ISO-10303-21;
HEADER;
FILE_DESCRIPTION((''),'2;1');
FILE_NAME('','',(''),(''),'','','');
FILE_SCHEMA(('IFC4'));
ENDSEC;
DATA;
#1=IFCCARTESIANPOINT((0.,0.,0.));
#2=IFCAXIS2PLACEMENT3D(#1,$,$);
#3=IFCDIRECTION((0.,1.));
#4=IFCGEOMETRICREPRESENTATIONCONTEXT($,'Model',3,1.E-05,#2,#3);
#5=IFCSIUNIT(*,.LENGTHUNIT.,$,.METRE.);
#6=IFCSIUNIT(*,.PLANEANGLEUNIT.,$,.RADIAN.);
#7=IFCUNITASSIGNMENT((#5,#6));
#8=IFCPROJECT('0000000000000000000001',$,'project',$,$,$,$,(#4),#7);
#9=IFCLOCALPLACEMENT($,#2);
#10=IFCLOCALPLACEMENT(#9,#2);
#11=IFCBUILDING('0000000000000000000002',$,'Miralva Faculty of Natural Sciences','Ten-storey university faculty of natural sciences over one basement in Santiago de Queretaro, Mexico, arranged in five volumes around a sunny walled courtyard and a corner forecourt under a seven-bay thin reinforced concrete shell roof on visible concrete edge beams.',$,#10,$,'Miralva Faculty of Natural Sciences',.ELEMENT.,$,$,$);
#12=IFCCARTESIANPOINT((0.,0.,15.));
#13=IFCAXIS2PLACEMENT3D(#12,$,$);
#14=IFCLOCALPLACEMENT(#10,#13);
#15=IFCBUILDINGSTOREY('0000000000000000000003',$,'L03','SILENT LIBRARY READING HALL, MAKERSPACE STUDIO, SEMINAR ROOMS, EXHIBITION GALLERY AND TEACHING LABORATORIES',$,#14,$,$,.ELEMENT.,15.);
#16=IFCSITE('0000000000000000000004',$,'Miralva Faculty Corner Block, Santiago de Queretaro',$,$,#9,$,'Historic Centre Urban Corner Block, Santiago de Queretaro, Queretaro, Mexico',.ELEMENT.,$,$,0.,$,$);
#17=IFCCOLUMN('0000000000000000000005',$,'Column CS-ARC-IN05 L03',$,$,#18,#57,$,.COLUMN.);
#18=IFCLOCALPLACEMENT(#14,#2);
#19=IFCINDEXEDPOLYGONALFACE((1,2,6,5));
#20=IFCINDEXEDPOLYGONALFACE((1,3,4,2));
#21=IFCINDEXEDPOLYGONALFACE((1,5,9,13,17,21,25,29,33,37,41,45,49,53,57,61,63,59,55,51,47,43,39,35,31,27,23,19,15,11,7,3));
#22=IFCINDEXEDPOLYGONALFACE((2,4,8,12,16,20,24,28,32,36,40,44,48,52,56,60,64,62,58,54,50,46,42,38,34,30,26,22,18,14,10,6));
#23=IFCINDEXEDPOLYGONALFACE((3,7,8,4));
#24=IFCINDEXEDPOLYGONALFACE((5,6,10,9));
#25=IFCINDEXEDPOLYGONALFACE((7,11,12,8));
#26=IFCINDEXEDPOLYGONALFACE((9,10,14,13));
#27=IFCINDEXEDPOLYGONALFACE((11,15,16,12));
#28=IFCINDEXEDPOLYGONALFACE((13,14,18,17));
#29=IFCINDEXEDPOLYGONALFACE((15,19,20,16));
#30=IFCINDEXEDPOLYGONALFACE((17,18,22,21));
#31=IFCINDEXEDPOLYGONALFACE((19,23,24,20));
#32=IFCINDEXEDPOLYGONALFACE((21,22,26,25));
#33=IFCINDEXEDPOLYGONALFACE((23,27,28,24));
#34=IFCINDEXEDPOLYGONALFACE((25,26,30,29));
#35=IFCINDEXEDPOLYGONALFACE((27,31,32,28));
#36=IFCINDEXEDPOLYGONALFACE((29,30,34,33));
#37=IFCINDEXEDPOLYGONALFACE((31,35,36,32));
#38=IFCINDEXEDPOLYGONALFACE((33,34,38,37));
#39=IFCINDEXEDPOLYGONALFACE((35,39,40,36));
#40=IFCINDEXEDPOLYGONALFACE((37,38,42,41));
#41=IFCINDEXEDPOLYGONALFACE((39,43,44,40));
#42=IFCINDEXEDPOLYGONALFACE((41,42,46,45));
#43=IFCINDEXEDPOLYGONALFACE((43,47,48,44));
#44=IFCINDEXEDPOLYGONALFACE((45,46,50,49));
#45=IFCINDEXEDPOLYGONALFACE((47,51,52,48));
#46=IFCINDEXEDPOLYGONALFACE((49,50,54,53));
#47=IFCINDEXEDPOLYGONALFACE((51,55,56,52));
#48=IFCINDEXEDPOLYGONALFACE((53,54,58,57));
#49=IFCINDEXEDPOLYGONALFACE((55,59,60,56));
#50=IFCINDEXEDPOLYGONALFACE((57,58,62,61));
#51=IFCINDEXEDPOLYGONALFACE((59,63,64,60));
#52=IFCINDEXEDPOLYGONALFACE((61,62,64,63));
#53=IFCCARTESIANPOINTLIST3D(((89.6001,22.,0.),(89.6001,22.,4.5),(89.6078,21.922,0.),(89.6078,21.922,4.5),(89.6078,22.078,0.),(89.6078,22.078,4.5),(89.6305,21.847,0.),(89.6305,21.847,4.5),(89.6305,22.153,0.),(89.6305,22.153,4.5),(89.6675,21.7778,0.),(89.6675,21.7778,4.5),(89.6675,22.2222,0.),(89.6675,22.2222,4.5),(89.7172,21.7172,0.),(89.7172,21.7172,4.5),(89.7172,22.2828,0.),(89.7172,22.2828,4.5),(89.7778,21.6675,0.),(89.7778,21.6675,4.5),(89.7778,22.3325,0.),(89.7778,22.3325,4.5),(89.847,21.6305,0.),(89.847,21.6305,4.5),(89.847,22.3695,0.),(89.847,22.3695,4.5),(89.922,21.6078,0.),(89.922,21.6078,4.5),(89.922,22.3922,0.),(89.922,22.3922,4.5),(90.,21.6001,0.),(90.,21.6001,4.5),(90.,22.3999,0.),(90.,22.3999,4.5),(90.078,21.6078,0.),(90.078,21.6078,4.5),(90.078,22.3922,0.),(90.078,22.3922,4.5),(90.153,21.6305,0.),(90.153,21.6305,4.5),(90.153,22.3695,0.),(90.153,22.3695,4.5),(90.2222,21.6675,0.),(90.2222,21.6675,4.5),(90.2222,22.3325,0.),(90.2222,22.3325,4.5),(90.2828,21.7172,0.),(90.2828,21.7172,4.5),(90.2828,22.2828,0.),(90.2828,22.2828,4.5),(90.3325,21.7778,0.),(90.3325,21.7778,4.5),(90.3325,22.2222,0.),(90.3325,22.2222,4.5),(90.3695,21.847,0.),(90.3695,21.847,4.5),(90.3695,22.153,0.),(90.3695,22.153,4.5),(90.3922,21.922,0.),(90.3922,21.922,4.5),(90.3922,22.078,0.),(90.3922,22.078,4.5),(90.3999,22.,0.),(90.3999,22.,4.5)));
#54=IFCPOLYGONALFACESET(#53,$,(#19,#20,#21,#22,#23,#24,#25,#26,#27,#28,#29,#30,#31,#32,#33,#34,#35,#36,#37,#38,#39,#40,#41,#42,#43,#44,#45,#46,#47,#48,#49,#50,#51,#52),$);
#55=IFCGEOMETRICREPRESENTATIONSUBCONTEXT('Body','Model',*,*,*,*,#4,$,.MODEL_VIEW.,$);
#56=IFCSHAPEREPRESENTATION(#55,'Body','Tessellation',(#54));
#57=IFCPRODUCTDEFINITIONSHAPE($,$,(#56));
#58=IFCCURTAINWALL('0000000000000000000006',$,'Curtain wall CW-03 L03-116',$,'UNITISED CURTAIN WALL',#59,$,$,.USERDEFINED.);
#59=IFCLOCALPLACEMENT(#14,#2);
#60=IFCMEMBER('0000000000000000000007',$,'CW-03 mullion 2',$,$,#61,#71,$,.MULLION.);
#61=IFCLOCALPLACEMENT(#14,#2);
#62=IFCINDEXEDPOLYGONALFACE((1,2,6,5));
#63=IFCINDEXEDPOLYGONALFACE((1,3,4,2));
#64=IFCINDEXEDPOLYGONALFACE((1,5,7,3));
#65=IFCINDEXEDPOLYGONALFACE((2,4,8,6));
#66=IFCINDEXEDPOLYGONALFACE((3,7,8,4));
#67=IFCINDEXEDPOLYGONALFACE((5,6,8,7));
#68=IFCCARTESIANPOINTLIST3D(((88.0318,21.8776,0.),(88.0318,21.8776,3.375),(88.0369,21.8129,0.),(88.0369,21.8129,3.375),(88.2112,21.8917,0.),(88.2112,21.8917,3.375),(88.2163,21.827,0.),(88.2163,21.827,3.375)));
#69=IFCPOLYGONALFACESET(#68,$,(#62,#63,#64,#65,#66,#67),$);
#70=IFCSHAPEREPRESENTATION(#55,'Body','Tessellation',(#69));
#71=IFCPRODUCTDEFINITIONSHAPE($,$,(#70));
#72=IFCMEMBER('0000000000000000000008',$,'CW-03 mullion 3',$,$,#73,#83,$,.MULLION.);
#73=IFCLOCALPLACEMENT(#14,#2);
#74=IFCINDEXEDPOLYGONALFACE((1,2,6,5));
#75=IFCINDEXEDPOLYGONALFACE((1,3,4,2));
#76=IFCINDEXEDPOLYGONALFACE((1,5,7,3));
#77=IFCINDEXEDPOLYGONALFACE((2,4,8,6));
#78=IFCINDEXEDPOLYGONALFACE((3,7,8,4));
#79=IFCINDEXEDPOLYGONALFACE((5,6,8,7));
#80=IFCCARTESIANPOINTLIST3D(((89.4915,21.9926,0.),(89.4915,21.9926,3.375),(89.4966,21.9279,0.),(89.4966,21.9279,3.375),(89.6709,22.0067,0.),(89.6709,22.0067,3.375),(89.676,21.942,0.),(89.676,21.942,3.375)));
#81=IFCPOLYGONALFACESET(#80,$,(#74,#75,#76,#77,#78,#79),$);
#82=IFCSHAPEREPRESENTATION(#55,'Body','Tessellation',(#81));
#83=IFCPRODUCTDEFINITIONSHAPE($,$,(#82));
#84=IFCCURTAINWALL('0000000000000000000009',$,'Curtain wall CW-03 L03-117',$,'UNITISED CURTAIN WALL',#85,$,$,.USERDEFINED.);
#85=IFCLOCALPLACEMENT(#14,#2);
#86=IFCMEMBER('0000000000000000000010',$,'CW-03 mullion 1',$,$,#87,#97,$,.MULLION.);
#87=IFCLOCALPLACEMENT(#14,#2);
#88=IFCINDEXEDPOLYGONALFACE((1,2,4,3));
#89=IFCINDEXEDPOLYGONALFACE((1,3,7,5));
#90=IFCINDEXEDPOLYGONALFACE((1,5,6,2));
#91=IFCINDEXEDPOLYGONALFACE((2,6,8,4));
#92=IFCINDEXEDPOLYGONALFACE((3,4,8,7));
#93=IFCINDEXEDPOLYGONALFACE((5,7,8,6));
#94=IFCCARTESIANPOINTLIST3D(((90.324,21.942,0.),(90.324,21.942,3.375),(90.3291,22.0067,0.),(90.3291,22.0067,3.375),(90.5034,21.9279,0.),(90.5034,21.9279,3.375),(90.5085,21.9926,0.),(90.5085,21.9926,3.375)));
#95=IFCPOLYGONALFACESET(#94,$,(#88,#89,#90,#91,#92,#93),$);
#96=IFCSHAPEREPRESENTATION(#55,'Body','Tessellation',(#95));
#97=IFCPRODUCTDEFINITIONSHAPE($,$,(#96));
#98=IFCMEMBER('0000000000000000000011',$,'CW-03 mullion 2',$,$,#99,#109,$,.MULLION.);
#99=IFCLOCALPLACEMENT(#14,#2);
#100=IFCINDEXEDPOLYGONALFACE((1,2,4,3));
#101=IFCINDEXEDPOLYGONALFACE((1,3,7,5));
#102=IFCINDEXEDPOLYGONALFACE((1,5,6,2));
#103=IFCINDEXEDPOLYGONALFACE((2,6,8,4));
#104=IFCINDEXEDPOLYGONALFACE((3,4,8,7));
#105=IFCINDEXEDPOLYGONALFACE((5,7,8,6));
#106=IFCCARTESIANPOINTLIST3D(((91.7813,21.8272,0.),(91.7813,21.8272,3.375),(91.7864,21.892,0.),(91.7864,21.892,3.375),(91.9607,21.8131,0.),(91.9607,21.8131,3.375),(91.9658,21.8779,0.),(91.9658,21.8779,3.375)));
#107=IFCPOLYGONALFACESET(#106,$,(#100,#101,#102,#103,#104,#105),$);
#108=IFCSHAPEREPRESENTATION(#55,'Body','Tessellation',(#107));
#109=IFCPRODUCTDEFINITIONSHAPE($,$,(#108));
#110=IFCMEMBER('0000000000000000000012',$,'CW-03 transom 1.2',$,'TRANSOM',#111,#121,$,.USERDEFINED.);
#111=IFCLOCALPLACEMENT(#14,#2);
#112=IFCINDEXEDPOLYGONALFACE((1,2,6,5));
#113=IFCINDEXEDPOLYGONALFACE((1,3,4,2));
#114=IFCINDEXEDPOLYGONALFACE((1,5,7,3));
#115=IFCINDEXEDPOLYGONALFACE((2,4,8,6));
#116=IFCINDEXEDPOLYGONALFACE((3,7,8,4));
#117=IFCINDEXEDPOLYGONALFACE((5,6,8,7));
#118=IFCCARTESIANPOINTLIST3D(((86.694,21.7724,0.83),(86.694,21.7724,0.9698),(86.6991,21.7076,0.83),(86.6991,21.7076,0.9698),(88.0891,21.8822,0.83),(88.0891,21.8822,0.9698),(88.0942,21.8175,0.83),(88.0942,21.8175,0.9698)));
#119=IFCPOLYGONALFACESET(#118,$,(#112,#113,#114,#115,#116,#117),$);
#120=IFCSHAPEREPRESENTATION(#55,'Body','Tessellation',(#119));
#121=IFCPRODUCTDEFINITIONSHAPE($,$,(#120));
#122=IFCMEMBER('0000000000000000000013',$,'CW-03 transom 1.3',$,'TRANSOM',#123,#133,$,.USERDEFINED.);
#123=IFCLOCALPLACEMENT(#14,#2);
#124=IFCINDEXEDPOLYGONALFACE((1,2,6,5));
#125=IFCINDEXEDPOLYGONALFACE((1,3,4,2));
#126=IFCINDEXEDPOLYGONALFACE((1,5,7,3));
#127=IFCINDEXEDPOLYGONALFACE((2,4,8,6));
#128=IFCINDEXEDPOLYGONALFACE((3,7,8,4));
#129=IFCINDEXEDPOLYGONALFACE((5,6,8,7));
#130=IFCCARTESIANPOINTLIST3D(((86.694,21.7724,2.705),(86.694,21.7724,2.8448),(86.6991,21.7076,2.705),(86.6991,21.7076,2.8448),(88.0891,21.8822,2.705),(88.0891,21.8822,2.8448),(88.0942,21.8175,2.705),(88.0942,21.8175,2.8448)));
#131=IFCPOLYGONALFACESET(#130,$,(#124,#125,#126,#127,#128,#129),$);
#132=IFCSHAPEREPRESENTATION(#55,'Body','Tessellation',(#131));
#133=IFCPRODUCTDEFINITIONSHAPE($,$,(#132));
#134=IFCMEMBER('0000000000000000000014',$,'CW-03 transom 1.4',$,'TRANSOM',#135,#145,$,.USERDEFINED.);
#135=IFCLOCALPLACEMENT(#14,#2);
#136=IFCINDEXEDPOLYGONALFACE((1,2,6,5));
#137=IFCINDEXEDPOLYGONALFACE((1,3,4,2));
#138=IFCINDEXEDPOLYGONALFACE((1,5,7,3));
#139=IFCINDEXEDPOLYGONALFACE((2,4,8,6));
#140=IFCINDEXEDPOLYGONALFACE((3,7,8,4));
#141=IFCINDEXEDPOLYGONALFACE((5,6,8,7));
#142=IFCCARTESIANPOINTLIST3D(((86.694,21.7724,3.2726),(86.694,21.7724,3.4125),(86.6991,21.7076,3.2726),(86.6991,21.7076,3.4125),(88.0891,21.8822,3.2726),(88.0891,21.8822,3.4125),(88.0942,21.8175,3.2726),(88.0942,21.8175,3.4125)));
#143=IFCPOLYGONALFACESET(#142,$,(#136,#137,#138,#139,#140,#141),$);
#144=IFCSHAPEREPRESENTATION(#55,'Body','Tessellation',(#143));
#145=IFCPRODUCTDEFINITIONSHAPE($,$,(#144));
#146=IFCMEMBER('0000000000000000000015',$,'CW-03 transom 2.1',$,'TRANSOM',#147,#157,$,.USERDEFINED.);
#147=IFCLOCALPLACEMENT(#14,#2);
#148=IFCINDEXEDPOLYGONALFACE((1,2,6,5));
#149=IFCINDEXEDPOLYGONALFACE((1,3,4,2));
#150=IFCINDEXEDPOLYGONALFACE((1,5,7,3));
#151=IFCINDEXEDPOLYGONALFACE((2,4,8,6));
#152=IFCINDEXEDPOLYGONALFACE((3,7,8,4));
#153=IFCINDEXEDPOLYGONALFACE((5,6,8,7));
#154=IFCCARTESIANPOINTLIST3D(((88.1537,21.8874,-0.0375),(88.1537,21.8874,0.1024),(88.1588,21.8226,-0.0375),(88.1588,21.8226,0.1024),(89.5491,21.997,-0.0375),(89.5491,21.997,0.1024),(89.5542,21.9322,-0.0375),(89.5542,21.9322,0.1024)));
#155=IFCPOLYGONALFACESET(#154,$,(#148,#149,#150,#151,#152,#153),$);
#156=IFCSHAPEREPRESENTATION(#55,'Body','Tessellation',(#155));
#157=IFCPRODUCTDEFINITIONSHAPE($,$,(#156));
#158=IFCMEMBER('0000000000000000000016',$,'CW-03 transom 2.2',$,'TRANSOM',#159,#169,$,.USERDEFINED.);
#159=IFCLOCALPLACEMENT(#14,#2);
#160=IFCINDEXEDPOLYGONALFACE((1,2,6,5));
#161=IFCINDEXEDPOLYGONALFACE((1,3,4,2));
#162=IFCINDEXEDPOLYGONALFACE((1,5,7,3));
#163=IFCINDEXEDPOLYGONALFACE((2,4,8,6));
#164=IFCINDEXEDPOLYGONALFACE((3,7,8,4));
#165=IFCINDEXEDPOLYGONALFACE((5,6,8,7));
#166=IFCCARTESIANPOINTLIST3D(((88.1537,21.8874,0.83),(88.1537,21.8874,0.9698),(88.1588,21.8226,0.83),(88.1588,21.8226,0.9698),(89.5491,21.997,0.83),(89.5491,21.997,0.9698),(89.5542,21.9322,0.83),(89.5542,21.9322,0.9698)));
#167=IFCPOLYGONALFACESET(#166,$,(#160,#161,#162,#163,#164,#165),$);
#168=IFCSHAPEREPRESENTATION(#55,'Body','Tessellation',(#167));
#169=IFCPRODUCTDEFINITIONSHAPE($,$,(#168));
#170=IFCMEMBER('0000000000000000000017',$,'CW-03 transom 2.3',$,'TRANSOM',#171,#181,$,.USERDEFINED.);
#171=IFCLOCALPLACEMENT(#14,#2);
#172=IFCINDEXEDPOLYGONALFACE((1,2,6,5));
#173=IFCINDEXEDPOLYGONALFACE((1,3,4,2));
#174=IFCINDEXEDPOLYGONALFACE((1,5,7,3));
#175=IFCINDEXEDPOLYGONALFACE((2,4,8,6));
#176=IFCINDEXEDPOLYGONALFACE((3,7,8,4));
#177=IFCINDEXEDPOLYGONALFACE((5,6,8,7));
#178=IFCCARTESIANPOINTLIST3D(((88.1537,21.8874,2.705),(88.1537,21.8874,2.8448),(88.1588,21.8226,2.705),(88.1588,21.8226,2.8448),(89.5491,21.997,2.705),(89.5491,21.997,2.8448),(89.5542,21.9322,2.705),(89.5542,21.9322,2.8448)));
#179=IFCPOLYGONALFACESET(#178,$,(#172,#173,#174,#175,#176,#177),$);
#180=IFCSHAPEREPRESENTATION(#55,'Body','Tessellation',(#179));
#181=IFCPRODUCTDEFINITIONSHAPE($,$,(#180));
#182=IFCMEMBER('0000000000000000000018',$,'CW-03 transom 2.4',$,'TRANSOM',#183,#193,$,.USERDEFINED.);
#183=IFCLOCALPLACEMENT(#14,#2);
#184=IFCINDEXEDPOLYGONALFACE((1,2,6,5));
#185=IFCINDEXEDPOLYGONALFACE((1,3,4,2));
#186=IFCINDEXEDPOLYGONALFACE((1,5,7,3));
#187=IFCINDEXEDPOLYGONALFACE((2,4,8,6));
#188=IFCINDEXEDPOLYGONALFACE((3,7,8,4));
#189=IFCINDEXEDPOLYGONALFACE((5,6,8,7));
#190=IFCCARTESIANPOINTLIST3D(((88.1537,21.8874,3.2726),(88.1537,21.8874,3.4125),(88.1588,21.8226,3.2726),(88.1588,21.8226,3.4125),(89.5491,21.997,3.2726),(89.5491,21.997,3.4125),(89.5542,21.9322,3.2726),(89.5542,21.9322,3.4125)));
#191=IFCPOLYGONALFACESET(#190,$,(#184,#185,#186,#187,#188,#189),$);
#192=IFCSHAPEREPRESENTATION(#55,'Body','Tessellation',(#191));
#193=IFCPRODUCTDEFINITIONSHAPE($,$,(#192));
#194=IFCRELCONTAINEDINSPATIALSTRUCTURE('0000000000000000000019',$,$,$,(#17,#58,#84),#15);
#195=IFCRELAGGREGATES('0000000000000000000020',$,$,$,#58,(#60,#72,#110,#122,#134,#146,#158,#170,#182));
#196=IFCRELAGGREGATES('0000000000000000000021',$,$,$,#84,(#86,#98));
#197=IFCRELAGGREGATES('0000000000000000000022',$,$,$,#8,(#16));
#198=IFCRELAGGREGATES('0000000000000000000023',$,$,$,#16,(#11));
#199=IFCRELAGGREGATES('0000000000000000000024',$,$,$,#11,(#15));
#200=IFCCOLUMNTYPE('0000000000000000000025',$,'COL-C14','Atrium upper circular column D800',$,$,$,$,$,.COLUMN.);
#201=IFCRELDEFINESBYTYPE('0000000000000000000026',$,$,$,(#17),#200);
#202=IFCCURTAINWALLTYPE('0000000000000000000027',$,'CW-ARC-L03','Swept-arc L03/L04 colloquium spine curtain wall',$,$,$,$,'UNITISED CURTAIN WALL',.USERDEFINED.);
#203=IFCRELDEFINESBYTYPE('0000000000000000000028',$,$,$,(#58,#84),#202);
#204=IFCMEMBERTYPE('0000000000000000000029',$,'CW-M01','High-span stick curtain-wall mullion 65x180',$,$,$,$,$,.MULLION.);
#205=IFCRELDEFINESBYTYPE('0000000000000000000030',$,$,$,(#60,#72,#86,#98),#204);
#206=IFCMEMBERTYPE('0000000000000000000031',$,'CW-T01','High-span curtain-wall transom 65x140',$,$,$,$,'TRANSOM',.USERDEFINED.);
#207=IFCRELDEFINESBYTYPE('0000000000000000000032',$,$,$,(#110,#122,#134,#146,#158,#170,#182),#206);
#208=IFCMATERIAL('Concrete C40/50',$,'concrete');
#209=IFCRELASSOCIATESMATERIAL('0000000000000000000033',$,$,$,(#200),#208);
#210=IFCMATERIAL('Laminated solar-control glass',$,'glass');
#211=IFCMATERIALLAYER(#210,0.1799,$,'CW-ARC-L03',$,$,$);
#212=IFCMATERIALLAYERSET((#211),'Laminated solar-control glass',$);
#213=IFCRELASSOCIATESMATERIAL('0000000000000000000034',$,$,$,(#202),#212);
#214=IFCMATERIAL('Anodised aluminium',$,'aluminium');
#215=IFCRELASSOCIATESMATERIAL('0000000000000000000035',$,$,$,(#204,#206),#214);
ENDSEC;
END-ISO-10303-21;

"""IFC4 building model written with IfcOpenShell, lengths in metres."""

from ifc_helpers import new_model, si_unit, direction, frame, origin, origin_2d, place, context, subcontext, project, spatial, rectangle, circle, extrude, material, layer, layer_set, material_profile, profile_set, type_object, element, aggregate, save


model = new_model("IFC4")

# Units and contexts
model_context = context("Model", 3, precision=1e-05, world=origin(), true_north=direction((0.0, 1.0)))
body_context = subcontext(model_context, "Body", "Model", "MODEL_VIEW")
ifc_project = project(units=[si_unit("LENGTHUNIT", "METRE"), si_unit("PLANEANGLEUNIT", "RADIAN")], contexts=[model_context])

# Site, building, storey
site_placement = place(None, origin())
site = spatial("IfcSite", under=ifc_project, at=site_placement, Name="Miralva Faculty Corner Block, Santiago de Queretaro", LongName="Historic Centre Urban Corner Block, Santiago de Queretaro, Queretaro, Mexico", CompositionType="ELEMENT", RefElevation=0.0)
building_placement = place(site_placement, origin())
building = spatial("IfcBuilding", under=site, at=building_placement, Name="Miralva Faculty of Natural Sciences", Description="Ten-storey university faculty of natural sciences over one basement in Santiago de Queretaro, Mexico, arranged in five volumes around a sunny walled courtyard and a corner forecourt under a seven-bay thin reinforced concrete shell roof on visible concrete edge beams.", LongName="Miralva Faculty of Natural Sciences", CompositionType="ELEMENT")
storey_placement = place(building_placement, frame((0.0, 0.0, 15.0)))
storey = spatial("IfcBuildingStorey", under=building, at=storey_placement, Name="L03", Description="SILENT LIBRARY READING HALL, MAKERSPACE STUDIO, SEMINAR ROOMS, EXHIBITION GALLERY AND TEACHING LABORATORIES", CompositionType="ELEMENT", Elevation=15.0)

# Column
ifc_material_1 = material(Name="Concrete C40/50", Category="concrete")
ifc_material_profile_1 = material_profile(ifc_material_1, circle(Radius=0.3999, at=origin_2d()), Name="RC DIA 800")
ifc_profile_set_1 = profile_set([ifc_material_profile_1], Name="Concrete C40/50")
column_type = type_object("IfcColumnType", Name="COL-C14", Description="Atrium upper circular column D800", PredefinedType="COLUMN", material=ifc_profile_set_1)
column_placement = place(storey_placement, frame((90.0, 22.0, 0.0), z_axis=(0.0, 0.0, 1.0), x_axis=(1.0, 0.0, 0.0)))
element("IfcColumn", 1, at=column_placement, inside=storey, type_object=column_type, Name="Column CS-ARC-IN05 L03", PredefinedType="COLUMN", context=body_context, shape_type="SweptSolid", body=[
    extrude(circle(Radius=0.3999, at=origin_2d()), origin(), (0.0, 0.0, 1.0), 4.5),
])

# Curtain walls, members
ifc_material_2 = material(Name="Laminated solar-control glass", Category="glass")
ifc_layer_1 = layer(ifc_material_2, 0.1799, Name="CW-ARC-L03")
ifc_layer_set_1 = layer_set([ifc_layer_1], Name="Laminated solar-control glass")
curtain_wall_type = type_object("IfcCurtainWallType", Name="CW-ARC-L03", Description="Swept-arc L03/L04 colloquium spine curtain wall", ElementType="UNITISED CURTAIN WALL", PredefinedType="USERDEFINED", material=ifc_layer_set_1)
curtain_wall_1_placement = place(storey_placement, origin())
curtain_wall_1 = element("IfcCurtainWall", 2, at=curtain_wall_1_placement, inside=storey, type_object=curtain_wall_type, Name="Curtain wall CW-03 L03-116", ObjectType="UNITISED CURTAIN WALL", PredefinedType="USERDEFINED")
ifc_material_3 = material(Name="Anodised aluminium", Category="aluminium")
ifc_material_profile_2 = material_profile(ifc_material_3, rectangle(XDim=0.0649, YDim=0.1799, at=origin_2d()), Name="MULLION 65x180")
ifc_profile_set_2 = profile_set([ifc_material_profile_2], Name="Anodised aluminium")
member_type_1 = type_object("IfcMemberType", Name="CW-M01", Description="High-span stick curtain-wall mullion 65x180", PredefinedType="MULLION", material=ifc_profile_set_2)
member_1_placement = place(storey_placement, frame((88.124, 21.8523, 0.0), z_axis=(0.0, 0.0, 1.0), x_axis=(-0.078464, 0.996917, 0.0)))
member_1 = element("IfcMember", 3, at=member_1_placement, type_object=member_type_1, Name="CW-03 mullion 2", PredefinedType="MULLION", context=body_context, shape_type="SweptSolid", body=[
    extrude(rectangle(XDim=0.0649, YDim=0.1799, at=origin_2d()), origin(), (0.0, 0.0, 1.0), 3.375),
])
member_2_placement = place(storey_placement, frame((89.5837, 21.9673, 0.0), z_axis=(0.0, 0.0, 1.0), x_axis=(-0.078464, 0.996917, 0.0)))
member_2 = element("IfcMember", 4, at=member_2_placement, type_object=member_type_1, Name="CW-03 mullion 3", PredefinedType="MULLION", context=body_context, shape_type="SweptSolid", body=[
    extrude(rectangle(XDim=0.0649, YDim=0.1799, at=origin_2d()), origin(), (0.0, 0.0, 1.0), 3.375),
])
curtain_wall_2_placement = place(storey_placement, origin())
curtain_wall_2 = element("IfcCurtainWall", 5, at=curtain_wall_2_placement, inside=storey, type_object=curtain_wall_type, Name="Curtain wall CW-03 L03-117", ObjectType="UNITISED CURTAIN WALL", PredefinedType="USERDEFINED")
member_3_placement = place(storey_placement, frame((90.4163, 21.9673, 0.0), z_axis=(0.0, 0.0, 1.0), x_axis=(0.078462, 0.996917, 0.0)))
member_3 = element("IfcMember", 6, at=member_3_placement, type_object=member_type_1, Name="CW-03 mullion 1", PredefinedType="MULLION", context=body_context, shape_type="SweptSolid", body=[
    extrude(rectangle(XDim=0.0649, YDim=0.1799, at=origin_2d()), origin(), (0.0, 0.0, 1.0), 3.375),
])
member_4_placement = place(storey_placement, frame((91.8735, 21.8525, 0.0), z_axis=(0.0, 0.0, 1.0), x_axis=(0.078462, 0.996917, 0.0)))
member_4 = element("IfcMember", 7, at=member_4_placement, type_object=member_type_1, Name="CW-03 mullion 2", PredefinedType="MULLION", context=body_context, shape_type="SweptSolid", body=[
    extrude(rectangle(XDim=0.0649, YDim=0.1799, at=origin_2d()), origin(), (0.0, 0.0, 1.0), 3.375),
])

# Members
ifc_material_profile_3 = material_profile(ifc_material_3, rectangle(XDim=0.0649, YDim=0.1399, at=origin_2d()), Name="TRANSOM 65x140")
ifc_profile_set_3 = profile_set([ifc_material_profile_3], Name="Anodised aluminium")
member_type_2 = type_object("IfcMemberType", Name="CW-T01", Description="High-span curtain-wall transom 65x140", ElementType="TRANSOM", PredefinedType="USERDEFINED", material=ifc_profile_set_3)
member_5_placement = place(storey_placement, frame((86.6965, 21.74, 0.8999), z_axis=(0.996913, 0.078511, 0.0), x_axis=(-0.078511, 0.996913, 0.0)))
member_5 = element("IfcMember", 8, at=member_5_placement, type_object=member_type_2, Name="CW-03 transom 1.2", ObjectType="TRANSOM", PredefinedType="USERDEFINED", context=body_context, shape_type="SweptSolid", body=[
    extrude(rectangle(XDim=0.0649, YDim=0.1399, at=origin_2d()), origin(), (0.0, 0.0, 1.0), 1.3994),
])
member_6_placement = place(storey_placement, frame((86.6965, 21.74, 2.7749), z_axis=(0.996913, 0.078511, 0.0), x_axis=(-0.078511, 0.996913, 0.0)))
member_6 = element("IfcMember", 9, at=member_6_placement, type_object=member_type_2, Name="CW-03 transom 1.3", ObjectType="TRANSOM", PredefinedType="USERDEFINED", context=body_context, shape_type="SweptSolid", body=[
    extrude(rectangle(XDim=0.0649, YDim=0.1399, at=origin_2d()), origin(), (0.0, 0.0, 1.0), 1.3994),
])
member_7_placement = place(storey_placement, frame((86.6965, 21.74, 3.3425), z_axis=(0.996913, 0.078511, 0.0), x_axis=(-0.078511, 0.996913, 0.0)))
member_7 = element("IfcMember", 10, at=member_7_placement, type_object=member_type_2, Name="CW-03 transom 1.4", ObjectType="TRANSOM", PredefinedType="USERDEFINED", context=body_context, shape_type="SweptSolid", body=[
    extrude(rectangle(XDim=0.0649, YDim=0.1399, at=origin_2d()), origin(), (0.0, 0.0, 1.0), 1.3994),
])
member_8_placement = place(storey_placement, frame((88.1562, 21.855, 0.0325), z_axis=(0.996928, 0.078324, 0.0), x_axis=(-0.078324, 0.996928, 0.0)))
member_8 = element("IfcMember", 11, at=member_8_placement, type_object=member_type_2, Name="CW-03 transom 2.1", ObjectType="TRANSOM", PredefinedType="USERDEFINED", context=body_context, shape_type="SweptSolid", body=[
    extrude(rectangle(XDim=0.0649, YDim=0.1399, at=origin_2d()), origin(), (0.0, 0.0, 1.0), 1.3997),
])
member_9_placement = place(storey_placement, frame((88.1562, 21.855, 0.8999), z_axis=(0.996928, 0.078324, 0.0), x_axis=(-0.078324, 0.996928, 0.0)))
member_9 = element("IfcMember", 12, at=member_9_placement, type_object=member_type_2, Name="CW-03 transom 2.2", ObjectType="TRANSOM", PredefinedType="USERDEFINED", context=body_context, shape_type="SweptSolid", body=[
    extrude(rectangle(XDim=0.0649, YDim=0.1399, at=origin_2d()), origin(), (0.0, 0.0, 1.0), 1.3997),
])
member_10_placement = place(storey_placement, frame((88.1562, 21.855, 2.7749), z_axis=(0.996928, 0.078324, 0.0), x_axis=(-0.078324, 0.996928, 0.0)))
member_10 = element("IfcMember", 13, at=member_10_placement, type_object=member_type_2, Name="CW-03 transom 2.3", ObjectType="TRANSOM", PredefinedType="USERDEFINED", context=body_context, shape_type="SweptSolid", body=[
    extrude(rectangle(XDim=0.0649, YDim=0.1399, at=origin_2d()), origin(), (0.0, 0.0, 1.0), 1.3997),
])
member_11_placement = place(storey_placement, frame((88.1562, 21.855, 3.3425), z_axis=(0.996928, 0.078324, 0.0), x_axis=(-0.078324, 0.996928, 0.0)))
member_11 = element("IfcMember", 14, at=member_11_placement, type_object=member_type_2, Name="CW-03 transom 2.4", ObjectType="TRANSOM", PredefinedType="USERDEFINED", context=body_context, shape_type="SweptSolid", body=[
    extrude(rectangle(XDim=0.0649, YDim=0.1399, at=origin_2d()), origin(), (0.0, 0.0, 1.0), 1.3997),
])

aggregate(curtain_wall_1, [member_1, member_2, member_5, member_6, member_7, member_8, member_9, member_10, member_11])
aggregate(curtain_wall_2, [member_3, member_4])

save(model, "model.ifc")
